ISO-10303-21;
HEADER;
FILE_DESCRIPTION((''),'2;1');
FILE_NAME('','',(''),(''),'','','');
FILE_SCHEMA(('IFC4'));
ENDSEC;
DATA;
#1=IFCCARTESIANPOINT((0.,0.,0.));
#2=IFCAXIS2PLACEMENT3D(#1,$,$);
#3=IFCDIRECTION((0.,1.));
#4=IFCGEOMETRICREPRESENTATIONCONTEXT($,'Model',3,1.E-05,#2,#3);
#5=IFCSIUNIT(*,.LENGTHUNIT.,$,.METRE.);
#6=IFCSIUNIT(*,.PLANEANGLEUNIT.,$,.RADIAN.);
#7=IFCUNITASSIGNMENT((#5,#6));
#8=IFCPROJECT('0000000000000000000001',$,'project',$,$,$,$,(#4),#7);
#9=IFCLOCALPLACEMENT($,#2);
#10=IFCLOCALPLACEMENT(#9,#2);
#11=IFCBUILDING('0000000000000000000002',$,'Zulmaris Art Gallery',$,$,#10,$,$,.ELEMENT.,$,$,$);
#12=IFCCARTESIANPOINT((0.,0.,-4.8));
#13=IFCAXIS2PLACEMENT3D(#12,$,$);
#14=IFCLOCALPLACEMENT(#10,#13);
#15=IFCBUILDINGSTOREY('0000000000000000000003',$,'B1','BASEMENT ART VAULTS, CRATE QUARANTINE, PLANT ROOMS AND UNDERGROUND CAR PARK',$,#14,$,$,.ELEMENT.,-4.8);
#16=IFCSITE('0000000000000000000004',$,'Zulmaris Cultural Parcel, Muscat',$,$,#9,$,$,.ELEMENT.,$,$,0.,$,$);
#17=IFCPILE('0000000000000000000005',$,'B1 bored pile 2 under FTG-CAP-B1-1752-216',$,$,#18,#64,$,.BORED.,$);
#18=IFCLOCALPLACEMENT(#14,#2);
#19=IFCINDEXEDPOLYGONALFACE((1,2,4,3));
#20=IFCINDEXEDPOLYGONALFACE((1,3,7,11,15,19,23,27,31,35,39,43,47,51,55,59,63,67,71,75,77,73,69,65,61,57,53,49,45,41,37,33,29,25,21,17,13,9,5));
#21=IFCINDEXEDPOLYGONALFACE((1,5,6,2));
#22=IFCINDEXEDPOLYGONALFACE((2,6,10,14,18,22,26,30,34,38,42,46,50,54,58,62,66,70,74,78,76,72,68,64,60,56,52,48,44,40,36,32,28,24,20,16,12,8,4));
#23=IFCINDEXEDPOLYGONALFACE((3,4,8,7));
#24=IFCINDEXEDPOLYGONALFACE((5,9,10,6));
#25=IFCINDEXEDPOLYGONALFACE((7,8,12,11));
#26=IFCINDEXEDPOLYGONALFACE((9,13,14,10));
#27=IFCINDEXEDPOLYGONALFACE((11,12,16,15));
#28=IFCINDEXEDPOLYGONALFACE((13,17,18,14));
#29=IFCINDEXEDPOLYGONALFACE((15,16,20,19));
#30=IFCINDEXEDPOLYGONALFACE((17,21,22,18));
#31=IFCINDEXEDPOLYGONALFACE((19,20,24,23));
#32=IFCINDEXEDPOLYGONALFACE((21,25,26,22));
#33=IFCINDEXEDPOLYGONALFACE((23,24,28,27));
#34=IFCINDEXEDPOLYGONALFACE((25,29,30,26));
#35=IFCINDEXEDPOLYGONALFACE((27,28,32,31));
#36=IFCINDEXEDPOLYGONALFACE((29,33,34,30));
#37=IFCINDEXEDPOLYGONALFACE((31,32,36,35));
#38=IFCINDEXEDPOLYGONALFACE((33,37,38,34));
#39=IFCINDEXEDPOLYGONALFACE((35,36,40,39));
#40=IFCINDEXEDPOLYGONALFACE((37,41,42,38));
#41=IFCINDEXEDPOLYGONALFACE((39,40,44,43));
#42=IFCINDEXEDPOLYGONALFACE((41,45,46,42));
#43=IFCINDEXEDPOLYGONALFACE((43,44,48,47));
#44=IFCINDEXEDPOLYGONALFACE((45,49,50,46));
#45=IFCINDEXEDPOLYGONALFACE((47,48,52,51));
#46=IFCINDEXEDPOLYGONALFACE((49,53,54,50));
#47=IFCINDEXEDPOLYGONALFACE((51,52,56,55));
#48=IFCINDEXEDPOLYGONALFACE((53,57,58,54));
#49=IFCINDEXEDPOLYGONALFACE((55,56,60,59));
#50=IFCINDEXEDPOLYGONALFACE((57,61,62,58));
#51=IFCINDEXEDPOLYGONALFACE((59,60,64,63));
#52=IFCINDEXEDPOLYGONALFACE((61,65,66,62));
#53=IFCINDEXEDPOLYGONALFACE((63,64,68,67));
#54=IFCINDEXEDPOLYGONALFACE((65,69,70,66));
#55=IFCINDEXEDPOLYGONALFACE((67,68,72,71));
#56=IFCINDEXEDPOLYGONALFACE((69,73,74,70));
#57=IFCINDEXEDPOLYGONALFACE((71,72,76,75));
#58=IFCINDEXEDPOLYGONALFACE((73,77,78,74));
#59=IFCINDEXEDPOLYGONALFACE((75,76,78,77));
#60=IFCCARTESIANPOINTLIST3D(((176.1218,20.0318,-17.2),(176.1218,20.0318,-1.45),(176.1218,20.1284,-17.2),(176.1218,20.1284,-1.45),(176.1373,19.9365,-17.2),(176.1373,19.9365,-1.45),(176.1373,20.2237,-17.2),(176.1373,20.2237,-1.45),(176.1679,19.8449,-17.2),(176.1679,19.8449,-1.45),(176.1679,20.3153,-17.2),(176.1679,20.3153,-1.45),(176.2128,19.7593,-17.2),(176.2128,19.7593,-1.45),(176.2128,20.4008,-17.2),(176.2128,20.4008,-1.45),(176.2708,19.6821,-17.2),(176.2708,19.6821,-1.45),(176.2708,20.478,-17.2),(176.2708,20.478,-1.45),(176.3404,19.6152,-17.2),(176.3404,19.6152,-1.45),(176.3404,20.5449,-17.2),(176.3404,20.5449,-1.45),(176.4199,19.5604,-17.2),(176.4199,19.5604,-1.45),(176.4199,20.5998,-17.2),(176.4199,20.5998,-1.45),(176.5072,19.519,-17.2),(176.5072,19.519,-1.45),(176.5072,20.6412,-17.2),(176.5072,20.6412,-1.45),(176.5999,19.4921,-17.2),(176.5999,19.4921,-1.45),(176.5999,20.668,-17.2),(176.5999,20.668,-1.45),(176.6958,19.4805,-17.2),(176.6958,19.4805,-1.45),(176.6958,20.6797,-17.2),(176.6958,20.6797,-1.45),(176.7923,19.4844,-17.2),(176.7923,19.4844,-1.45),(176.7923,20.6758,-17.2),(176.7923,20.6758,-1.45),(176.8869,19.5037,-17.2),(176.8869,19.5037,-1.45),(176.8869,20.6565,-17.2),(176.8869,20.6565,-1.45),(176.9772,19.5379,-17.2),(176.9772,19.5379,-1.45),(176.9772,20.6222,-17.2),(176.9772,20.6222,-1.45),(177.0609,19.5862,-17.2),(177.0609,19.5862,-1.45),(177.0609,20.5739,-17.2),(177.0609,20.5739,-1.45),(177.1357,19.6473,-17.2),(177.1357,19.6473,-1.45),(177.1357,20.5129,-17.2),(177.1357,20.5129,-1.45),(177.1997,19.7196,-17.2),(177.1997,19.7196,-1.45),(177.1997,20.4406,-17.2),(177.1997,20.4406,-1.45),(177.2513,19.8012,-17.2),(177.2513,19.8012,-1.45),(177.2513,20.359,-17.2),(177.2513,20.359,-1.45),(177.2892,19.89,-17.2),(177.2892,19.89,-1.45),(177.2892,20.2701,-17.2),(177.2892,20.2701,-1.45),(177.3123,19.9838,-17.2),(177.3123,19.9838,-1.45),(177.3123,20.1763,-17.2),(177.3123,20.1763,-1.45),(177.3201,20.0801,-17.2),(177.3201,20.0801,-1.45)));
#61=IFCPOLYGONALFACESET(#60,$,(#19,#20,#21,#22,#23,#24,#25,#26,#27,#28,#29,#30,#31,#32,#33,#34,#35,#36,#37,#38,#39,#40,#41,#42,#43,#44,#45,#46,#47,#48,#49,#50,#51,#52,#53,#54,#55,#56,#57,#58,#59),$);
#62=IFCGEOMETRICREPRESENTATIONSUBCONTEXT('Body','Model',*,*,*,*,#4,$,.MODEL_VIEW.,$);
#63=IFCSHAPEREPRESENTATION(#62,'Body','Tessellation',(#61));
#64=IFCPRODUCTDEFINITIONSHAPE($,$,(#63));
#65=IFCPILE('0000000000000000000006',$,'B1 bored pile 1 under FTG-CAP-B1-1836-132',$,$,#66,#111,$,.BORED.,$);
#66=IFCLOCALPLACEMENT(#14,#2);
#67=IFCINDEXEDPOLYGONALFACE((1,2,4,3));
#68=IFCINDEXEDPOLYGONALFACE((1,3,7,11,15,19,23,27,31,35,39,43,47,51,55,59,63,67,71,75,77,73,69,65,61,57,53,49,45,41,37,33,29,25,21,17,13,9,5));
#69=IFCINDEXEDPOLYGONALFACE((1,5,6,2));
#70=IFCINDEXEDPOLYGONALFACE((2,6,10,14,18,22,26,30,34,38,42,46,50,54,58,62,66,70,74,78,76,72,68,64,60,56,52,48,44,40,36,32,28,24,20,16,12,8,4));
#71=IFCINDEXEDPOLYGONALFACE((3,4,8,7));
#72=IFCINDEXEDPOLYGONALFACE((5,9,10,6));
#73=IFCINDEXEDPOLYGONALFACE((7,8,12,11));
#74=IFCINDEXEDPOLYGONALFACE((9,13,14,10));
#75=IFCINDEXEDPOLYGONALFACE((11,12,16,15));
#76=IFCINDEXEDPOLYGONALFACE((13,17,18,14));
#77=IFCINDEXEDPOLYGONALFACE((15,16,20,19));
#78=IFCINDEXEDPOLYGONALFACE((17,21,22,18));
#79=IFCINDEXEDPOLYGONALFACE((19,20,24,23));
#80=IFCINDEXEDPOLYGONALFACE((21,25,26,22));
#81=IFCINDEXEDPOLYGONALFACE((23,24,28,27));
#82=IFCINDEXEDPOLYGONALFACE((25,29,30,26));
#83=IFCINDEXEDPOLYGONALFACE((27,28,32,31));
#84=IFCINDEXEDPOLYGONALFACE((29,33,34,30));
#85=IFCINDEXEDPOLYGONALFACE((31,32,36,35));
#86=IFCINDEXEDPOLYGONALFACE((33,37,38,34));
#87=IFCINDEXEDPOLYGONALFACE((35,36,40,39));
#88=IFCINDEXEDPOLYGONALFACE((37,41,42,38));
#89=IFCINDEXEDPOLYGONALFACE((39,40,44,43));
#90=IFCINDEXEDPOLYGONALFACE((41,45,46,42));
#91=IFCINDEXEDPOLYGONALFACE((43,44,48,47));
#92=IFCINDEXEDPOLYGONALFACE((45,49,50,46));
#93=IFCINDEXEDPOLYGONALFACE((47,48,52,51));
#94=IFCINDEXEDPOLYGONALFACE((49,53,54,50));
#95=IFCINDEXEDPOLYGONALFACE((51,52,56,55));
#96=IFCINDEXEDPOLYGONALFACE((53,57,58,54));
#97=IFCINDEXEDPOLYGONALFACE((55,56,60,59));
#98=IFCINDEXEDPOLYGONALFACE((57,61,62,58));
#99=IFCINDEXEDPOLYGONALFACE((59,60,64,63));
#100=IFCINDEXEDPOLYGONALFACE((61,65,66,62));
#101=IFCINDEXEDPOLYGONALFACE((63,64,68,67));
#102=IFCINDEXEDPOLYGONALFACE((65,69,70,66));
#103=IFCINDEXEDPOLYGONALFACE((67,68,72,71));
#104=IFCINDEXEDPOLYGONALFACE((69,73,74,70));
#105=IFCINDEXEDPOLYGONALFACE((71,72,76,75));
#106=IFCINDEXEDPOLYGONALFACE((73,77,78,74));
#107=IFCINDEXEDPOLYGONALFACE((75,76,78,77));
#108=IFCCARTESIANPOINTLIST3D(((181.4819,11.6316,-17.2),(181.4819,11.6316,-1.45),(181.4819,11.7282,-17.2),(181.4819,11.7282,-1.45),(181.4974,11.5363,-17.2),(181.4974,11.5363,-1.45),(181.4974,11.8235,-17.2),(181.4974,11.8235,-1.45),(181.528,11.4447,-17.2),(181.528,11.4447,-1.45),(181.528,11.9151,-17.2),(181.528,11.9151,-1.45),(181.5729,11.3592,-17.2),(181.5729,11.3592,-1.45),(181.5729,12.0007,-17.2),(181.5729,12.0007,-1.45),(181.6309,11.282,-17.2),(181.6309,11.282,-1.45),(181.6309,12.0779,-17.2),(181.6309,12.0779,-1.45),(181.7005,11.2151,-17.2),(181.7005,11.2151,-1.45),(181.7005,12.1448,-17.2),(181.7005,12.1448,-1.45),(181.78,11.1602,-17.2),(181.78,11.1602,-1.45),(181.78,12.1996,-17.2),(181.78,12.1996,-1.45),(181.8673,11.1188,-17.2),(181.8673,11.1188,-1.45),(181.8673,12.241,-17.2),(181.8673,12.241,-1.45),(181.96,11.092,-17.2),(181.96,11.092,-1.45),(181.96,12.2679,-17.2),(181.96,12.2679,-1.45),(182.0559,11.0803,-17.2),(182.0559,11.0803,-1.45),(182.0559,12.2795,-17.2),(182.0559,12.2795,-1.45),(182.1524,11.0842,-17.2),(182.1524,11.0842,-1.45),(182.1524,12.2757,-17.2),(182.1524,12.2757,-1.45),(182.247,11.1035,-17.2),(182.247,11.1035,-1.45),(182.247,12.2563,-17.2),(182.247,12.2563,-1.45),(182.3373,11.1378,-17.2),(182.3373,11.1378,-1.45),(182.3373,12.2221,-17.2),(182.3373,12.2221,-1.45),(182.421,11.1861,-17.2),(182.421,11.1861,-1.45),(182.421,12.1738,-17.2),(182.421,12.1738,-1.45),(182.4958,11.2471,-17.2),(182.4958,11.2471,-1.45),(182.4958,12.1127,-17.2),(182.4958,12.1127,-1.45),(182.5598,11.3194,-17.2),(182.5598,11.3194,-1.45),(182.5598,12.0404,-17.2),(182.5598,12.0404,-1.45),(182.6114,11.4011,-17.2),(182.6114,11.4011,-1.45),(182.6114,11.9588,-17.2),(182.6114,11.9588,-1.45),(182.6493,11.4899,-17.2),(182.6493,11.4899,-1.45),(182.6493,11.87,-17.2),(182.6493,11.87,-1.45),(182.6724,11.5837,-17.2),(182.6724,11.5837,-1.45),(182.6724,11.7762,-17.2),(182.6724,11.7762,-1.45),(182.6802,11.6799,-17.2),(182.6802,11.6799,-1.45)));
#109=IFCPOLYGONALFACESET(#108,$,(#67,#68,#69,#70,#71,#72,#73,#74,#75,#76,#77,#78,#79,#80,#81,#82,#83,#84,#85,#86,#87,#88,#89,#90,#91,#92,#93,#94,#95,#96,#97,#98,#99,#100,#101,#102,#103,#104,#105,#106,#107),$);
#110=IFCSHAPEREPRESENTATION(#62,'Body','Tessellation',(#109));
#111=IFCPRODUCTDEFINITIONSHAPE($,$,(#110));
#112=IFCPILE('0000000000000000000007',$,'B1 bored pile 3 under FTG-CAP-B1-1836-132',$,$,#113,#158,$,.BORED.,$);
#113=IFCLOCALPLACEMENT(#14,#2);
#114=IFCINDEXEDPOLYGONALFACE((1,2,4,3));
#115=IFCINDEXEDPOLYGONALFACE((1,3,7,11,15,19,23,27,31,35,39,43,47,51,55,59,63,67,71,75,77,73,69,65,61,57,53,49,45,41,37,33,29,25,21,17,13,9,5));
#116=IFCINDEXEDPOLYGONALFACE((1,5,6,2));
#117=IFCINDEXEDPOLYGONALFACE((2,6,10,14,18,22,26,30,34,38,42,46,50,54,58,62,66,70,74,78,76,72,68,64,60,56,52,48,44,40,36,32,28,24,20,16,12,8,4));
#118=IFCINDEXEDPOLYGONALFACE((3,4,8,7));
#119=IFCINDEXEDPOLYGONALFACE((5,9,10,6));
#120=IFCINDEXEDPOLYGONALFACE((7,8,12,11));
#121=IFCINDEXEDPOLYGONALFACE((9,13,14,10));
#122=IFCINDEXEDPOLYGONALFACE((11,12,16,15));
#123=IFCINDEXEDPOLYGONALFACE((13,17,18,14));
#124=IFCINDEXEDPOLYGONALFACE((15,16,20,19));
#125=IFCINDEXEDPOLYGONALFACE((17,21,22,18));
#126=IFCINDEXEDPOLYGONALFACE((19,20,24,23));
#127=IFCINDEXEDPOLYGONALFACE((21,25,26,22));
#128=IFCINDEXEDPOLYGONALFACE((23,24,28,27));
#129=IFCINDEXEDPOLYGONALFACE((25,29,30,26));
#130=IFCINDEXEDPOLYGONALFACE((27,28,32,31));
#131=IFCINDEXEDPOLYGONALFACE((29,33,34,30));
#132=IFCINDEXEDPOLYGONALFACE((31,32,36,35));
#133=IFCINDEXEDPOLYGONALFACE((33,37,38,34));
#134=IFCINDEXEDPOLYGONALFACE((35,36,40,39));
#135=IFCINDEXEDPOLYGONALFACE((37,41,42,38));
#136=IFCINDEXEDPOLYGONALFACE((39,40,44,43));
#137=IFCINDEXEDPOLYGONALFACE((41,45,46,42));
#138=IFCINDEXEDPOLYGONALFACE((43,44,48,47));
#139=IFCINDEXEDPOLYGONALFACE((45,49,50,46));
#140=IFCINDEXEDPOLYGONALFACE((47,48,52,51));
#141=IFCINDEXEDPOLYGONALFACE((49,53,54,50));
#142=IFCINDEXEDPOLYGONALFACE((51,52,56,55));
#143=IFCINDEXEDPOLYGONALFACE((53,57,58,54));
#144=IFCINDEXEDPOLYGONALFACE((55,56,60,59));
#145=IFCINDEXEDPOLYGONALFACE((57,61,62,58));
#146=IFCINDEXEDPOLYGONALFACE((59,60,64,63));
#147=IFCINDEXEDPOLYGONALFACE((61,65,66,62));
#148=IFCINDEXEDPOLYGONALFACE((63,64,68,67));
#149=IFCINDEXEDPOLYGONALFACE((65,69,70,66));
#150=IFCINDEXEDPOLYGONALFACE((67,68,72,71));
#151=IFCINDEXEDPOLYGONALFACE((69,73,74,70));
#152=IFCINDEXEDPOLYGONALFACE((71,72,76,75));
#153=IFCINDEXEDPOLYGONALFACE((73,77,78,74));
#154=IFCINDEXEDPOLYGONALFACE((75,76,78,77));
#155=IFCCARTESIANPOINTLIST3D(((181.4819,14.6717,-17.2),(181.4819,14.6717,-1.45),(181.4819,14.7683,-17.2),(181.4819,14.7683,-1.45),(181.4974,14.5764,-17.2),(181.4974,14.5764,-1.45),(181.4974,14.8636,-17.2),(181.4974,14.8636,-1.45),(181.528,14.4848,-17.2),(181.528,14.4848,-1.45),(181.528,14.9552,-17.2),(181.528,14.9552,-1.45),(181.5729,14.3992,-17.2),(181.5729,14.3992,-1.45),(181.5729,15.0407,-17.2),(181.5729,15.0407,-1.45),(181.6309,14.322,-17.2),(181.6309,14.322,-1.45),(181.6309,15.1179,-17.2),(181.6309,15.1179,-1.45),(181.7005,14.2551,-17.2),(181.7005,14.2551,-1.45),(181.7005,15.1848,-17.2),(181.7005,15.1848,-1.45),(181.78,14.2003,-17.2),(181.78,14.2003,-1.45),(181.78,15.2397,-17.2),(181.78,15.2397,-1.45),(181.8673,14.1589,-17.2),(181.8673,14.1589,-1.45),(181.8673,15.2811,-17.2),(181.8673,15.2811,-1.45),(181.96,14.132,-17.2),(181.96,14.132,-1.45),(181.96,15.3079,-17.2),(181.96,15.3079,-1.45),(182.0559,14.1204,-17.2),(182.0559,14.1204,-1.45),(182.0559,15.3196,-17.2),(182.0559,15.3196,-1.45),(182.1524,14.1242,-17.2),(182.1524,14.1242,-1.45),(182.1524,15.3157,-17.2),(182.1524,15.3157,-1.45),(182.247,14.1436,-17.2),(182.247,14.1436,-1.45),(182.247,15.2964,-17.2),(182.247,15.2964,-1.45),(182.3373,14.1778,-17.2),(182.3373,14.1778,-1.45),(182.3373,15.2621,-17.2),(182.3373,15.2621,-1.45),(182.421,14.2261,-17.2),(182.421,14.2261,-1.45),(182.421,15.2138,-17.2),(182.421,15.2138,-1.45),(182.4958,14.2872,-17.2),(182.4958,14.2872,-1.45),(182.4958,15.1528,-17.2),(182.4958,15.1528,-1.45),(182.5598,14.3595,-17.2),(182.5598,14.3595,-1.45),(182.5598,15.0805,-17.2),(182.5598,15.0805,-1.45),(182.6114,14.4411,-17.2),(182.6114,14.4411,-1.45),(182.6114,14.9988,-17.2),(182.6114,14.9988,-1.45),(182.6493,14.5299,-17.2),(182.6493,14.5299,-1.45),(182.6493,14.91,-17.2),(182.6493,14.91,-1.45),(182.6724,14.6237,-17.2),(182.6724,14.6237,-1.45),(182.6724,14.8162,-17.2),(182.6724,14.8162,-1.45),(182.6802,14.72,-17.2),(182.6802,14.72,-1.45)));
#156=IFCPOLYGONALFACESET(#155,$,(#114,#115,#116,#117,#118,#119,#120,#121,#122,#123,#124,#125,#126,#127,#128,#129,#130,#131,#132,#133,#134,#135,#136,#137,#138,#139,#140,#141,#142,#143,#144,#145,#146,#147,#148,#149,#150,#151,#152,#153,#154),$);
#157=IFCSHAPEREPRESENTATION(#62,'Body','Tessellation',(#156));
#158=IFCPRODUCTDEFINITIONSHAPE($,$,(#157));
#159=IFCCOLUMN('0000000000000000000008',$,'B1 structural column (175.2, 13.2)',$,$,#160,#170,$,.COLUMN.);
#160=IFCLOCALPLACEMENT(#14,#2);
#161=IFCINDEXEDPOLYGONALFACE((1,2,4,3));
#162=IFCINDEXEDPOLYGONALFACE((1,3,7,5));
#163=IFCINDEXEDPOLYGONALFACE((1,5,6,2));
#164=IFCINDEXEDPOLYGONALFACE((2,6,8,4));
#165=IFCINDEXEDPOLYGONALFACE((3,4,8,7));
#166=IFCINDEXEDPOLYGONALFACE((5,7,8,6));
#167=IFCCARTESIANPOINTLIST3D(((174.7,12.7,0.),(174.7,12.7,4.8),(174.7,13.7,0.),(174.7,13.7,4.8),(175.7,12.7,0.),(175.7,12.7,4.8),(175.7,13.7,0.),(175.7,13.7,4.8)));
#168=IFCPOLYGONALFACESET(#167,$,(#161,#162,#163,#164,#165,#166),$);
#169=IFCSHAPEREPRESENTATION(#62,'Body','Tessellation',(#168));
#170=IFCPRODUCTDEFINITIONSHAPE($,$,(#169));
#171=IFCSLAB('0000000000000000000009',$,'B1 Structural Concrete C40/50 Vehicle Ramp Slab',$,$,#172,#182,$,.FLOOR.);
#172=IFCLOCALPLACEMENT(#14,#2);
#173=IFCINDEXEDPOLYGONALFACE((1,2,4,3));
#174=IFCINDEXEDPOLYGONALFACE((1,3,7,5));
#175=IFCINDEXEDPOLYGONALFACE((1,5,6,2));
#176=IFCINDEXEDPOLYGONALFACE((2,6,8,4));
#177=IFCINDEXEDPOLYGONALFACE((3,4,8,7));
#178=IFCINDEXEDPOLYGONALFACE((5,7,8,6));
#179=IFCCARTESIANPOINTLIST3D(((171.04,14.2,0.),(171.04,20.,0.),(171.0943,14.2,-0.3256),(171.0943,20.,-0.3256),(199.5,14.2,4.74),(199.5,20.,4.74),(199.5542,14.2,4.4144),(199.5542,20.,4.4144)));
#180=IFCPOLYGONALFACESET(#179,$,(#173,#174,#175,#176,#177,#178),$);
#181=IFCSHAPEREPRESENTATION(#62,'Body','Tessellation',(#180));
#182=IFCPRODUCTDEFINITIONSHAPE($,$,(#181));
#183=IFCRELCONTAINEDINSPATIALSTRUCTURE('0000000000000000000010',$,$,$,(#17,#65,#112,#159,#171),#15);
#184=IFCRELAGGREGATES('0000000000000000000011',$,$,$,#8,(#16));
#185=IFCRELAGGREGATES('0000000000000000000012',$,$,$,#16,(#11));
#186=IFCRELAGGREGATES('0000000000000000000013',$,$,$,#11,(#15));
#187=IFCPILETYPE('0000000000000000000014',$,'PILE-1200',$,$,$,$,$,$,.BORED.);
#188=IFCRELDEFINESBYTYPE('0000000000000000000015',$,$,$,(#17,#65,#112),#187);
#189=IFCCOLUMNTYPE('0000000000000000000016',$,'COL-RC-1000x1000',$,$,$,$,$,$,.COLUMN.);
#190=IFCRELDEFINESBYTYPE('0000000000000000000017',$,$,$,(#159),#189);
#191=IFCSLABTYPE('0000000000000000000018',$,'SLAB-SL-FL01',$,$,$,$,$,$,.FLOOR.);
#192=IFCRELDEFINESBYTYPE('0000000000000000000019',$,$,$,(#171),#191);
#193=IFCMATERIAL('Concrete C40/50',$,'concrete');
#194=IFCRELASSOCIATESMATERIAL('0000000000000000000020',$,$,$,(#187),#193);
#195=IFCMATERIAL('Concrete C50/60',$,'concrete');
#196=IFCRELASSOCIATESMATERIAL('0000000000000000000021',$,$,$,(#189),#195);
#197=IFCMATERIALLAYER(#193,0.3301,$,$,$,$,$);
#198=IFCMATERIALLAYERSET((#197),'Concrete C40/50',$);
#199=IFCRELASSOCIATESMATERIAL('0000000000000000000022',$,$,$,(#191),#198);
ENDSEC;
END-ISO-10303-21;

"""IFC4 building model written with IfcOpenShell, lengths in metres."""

from ifc_helpers import new_model, si_unit, direction, frame, origin, origin_2d, place, context, subcontext, project, spatial, polyline, rectangle, circle, outline, extrude, material, layer, layer_set, material_profile, profile_set, type_object, element, save


model = new_model("IFC4")

# Units and contexts
model_context = context("Model", 3, precision=1e-05, world=origin(), true_north=direction((0.0, 1.0)))
body_context = subcontext(model_context, "Body", "Model", "MODEL_VIEW")
ifc_project = project(units=[si_unit("LENGTHUNIT", "METRE"), si_unit("PLANEANGLEUNIT", "RADIAN")], contexts=[model_context])

# Site, building, storey
site_placement = place(None, origin())
site = spatial("IfcSite", under=ifc_project, at=site_placement, Name="Zulmaris Cultural Parcel, Muscat", CompositionType="ELEMENT", RefElevation=0.0)
building_placement = place(site_placement, origin())
building = spatial("IfcBuilding", under=site, at=building_placement, Name="Zulmaris Art Gallery", CompositionType="ELEMENT")
storey_placement = place(building_placement, frame((0.0, 0.0, -4.8)))
storey = spatial("IfcBuildingStorey", under=building, at=storey_placement, Name="B1", Description="BASEMENT ART VAULTS, CRATE QUARANTINE, PLANT ROOMS AND UNDERGROUND CAR PARK", CompositionType="ELEMENT", Elevation=-4.8)

# Piles
ifc_material_1 = material(Name="Concrete C40/50", Category="concrete")
ifc_material_profile_1 = material_profile(ifc_material_1, circle(Radius=0.6001, at=origin_2d()), Name="PILE DIA 1200")
ifc_profile_set_1 = profile_set([ifc_material_profile_1], Name="Concrete C40/50")
pile_type = type_object("IfcPileType", Name="PILE-1200", PredefinedType="BORED", material=ifc_profile_set_1)
for number, where, z_axis, x_axis, name in (
    (1, (176.72, 20.0801, -1.45), (0.0, 0.0, -1.0), (1.0, 0.0, 0.0), "B1 bored pile 2 under FTG-CAP-B1-1752-216"),
    (2, (182.0801, 11.6799, -1.45), (0.0, 0.0, -1.0), (1.0, 0.0, 0.0), "B1 bored pile 1 under FTG-CAP-B1-1836-132"),
    (3, (182.0801, 14.72, -1.45), (0.0, 0.0, -1.0), (1.0, 0.0, 0.0), "B1 bored pile 3 under FTG-CAP-B1-1836-132"),
):
    element("IfcPile", number, at=place(storey_placement, frame(where, z_axis=z_axis, x_axis=x_axis)), inside=storey, type_object=pile_type, Name=name, PredefinedType="BORED", context=body_context, shape_type="SweptSolid", body=[
        extrude(circle(Radius=0.6001, at=origin_2d()), origin(), (0.0, 0.0, 1.0), 15.75),
    ])

# Column
ifc_material_2 = material(Name="Concrete C50/60", Category="concrete")
ifc_material_profile_2 = material_profile(ifc_material_2, rectangle(XDim=1.0, YDim=1.0, at=origin_2d()), Name="RC 1000x1000")
ifc_profile_set_2 = profile_set([ifc_material_profile_2], Name="Concrete C50/60")
column_type = type_object("IfcColumnType", Name="COL-RC-1000x1000", PredefinedType="COLUMN", material=ifc_profile_set_2)
column_placement = place(storey_placement, frame((175.2, 13.2, 0.0), z_axis=(0.0, 0.0, 1.0), x_axis=(1.0, 0.0, 0.0)))
element("IfcColumn", 4, at=column_placement, inside=storey, type_object=column_type, Name="B1 structural column (175.2, 13.2)", PredefinedType="COLUMN", context=body_context, shape_type="SweptSolid", body=[
    extrude(rectangle(XDim=1.0, YDim=1.0, at=origin_2d()), origin(), (0.0, 0.0, 1.0), 4.8),
])

# Slab
ifc_layer_1 = layer(ifc_material_1, 0.3301)
ifc_layer_set_1 = layer_set([ifc_layer_1], Name="Concrete C40/50")
slab_type = type_object("IfcSlabType", Name="SLAB-SL-FL01", PredefinedType="FLOOR", material=ifc_layer_set_1)
slab_placement = place(storey_placement, frame((171.04, 14.2, 0.0), z_axis=(-0.164286, 0.0, 0.986413), x_axis=(0.986413, 0.0, 0.164286)))
element("IfcSlab", 5, at=slab_placement, inside=storey, type_object=slab_type, Name="B1 Structural Concrete C40/50 Vehicle Ramp Slab", PredefinedType="FLOOR", context=body_context, shape_type="SweptSolid", body=[
    extrude(outline(polyline([(0.0, 0.0), (28.852, 0.0), (28.852, 5.8), (0.0, 5.8), (0.0, 0.0)])), origin(), (0.0, 0.0, -1.0), 0.3301),
])

save(model, "model.ifc")
